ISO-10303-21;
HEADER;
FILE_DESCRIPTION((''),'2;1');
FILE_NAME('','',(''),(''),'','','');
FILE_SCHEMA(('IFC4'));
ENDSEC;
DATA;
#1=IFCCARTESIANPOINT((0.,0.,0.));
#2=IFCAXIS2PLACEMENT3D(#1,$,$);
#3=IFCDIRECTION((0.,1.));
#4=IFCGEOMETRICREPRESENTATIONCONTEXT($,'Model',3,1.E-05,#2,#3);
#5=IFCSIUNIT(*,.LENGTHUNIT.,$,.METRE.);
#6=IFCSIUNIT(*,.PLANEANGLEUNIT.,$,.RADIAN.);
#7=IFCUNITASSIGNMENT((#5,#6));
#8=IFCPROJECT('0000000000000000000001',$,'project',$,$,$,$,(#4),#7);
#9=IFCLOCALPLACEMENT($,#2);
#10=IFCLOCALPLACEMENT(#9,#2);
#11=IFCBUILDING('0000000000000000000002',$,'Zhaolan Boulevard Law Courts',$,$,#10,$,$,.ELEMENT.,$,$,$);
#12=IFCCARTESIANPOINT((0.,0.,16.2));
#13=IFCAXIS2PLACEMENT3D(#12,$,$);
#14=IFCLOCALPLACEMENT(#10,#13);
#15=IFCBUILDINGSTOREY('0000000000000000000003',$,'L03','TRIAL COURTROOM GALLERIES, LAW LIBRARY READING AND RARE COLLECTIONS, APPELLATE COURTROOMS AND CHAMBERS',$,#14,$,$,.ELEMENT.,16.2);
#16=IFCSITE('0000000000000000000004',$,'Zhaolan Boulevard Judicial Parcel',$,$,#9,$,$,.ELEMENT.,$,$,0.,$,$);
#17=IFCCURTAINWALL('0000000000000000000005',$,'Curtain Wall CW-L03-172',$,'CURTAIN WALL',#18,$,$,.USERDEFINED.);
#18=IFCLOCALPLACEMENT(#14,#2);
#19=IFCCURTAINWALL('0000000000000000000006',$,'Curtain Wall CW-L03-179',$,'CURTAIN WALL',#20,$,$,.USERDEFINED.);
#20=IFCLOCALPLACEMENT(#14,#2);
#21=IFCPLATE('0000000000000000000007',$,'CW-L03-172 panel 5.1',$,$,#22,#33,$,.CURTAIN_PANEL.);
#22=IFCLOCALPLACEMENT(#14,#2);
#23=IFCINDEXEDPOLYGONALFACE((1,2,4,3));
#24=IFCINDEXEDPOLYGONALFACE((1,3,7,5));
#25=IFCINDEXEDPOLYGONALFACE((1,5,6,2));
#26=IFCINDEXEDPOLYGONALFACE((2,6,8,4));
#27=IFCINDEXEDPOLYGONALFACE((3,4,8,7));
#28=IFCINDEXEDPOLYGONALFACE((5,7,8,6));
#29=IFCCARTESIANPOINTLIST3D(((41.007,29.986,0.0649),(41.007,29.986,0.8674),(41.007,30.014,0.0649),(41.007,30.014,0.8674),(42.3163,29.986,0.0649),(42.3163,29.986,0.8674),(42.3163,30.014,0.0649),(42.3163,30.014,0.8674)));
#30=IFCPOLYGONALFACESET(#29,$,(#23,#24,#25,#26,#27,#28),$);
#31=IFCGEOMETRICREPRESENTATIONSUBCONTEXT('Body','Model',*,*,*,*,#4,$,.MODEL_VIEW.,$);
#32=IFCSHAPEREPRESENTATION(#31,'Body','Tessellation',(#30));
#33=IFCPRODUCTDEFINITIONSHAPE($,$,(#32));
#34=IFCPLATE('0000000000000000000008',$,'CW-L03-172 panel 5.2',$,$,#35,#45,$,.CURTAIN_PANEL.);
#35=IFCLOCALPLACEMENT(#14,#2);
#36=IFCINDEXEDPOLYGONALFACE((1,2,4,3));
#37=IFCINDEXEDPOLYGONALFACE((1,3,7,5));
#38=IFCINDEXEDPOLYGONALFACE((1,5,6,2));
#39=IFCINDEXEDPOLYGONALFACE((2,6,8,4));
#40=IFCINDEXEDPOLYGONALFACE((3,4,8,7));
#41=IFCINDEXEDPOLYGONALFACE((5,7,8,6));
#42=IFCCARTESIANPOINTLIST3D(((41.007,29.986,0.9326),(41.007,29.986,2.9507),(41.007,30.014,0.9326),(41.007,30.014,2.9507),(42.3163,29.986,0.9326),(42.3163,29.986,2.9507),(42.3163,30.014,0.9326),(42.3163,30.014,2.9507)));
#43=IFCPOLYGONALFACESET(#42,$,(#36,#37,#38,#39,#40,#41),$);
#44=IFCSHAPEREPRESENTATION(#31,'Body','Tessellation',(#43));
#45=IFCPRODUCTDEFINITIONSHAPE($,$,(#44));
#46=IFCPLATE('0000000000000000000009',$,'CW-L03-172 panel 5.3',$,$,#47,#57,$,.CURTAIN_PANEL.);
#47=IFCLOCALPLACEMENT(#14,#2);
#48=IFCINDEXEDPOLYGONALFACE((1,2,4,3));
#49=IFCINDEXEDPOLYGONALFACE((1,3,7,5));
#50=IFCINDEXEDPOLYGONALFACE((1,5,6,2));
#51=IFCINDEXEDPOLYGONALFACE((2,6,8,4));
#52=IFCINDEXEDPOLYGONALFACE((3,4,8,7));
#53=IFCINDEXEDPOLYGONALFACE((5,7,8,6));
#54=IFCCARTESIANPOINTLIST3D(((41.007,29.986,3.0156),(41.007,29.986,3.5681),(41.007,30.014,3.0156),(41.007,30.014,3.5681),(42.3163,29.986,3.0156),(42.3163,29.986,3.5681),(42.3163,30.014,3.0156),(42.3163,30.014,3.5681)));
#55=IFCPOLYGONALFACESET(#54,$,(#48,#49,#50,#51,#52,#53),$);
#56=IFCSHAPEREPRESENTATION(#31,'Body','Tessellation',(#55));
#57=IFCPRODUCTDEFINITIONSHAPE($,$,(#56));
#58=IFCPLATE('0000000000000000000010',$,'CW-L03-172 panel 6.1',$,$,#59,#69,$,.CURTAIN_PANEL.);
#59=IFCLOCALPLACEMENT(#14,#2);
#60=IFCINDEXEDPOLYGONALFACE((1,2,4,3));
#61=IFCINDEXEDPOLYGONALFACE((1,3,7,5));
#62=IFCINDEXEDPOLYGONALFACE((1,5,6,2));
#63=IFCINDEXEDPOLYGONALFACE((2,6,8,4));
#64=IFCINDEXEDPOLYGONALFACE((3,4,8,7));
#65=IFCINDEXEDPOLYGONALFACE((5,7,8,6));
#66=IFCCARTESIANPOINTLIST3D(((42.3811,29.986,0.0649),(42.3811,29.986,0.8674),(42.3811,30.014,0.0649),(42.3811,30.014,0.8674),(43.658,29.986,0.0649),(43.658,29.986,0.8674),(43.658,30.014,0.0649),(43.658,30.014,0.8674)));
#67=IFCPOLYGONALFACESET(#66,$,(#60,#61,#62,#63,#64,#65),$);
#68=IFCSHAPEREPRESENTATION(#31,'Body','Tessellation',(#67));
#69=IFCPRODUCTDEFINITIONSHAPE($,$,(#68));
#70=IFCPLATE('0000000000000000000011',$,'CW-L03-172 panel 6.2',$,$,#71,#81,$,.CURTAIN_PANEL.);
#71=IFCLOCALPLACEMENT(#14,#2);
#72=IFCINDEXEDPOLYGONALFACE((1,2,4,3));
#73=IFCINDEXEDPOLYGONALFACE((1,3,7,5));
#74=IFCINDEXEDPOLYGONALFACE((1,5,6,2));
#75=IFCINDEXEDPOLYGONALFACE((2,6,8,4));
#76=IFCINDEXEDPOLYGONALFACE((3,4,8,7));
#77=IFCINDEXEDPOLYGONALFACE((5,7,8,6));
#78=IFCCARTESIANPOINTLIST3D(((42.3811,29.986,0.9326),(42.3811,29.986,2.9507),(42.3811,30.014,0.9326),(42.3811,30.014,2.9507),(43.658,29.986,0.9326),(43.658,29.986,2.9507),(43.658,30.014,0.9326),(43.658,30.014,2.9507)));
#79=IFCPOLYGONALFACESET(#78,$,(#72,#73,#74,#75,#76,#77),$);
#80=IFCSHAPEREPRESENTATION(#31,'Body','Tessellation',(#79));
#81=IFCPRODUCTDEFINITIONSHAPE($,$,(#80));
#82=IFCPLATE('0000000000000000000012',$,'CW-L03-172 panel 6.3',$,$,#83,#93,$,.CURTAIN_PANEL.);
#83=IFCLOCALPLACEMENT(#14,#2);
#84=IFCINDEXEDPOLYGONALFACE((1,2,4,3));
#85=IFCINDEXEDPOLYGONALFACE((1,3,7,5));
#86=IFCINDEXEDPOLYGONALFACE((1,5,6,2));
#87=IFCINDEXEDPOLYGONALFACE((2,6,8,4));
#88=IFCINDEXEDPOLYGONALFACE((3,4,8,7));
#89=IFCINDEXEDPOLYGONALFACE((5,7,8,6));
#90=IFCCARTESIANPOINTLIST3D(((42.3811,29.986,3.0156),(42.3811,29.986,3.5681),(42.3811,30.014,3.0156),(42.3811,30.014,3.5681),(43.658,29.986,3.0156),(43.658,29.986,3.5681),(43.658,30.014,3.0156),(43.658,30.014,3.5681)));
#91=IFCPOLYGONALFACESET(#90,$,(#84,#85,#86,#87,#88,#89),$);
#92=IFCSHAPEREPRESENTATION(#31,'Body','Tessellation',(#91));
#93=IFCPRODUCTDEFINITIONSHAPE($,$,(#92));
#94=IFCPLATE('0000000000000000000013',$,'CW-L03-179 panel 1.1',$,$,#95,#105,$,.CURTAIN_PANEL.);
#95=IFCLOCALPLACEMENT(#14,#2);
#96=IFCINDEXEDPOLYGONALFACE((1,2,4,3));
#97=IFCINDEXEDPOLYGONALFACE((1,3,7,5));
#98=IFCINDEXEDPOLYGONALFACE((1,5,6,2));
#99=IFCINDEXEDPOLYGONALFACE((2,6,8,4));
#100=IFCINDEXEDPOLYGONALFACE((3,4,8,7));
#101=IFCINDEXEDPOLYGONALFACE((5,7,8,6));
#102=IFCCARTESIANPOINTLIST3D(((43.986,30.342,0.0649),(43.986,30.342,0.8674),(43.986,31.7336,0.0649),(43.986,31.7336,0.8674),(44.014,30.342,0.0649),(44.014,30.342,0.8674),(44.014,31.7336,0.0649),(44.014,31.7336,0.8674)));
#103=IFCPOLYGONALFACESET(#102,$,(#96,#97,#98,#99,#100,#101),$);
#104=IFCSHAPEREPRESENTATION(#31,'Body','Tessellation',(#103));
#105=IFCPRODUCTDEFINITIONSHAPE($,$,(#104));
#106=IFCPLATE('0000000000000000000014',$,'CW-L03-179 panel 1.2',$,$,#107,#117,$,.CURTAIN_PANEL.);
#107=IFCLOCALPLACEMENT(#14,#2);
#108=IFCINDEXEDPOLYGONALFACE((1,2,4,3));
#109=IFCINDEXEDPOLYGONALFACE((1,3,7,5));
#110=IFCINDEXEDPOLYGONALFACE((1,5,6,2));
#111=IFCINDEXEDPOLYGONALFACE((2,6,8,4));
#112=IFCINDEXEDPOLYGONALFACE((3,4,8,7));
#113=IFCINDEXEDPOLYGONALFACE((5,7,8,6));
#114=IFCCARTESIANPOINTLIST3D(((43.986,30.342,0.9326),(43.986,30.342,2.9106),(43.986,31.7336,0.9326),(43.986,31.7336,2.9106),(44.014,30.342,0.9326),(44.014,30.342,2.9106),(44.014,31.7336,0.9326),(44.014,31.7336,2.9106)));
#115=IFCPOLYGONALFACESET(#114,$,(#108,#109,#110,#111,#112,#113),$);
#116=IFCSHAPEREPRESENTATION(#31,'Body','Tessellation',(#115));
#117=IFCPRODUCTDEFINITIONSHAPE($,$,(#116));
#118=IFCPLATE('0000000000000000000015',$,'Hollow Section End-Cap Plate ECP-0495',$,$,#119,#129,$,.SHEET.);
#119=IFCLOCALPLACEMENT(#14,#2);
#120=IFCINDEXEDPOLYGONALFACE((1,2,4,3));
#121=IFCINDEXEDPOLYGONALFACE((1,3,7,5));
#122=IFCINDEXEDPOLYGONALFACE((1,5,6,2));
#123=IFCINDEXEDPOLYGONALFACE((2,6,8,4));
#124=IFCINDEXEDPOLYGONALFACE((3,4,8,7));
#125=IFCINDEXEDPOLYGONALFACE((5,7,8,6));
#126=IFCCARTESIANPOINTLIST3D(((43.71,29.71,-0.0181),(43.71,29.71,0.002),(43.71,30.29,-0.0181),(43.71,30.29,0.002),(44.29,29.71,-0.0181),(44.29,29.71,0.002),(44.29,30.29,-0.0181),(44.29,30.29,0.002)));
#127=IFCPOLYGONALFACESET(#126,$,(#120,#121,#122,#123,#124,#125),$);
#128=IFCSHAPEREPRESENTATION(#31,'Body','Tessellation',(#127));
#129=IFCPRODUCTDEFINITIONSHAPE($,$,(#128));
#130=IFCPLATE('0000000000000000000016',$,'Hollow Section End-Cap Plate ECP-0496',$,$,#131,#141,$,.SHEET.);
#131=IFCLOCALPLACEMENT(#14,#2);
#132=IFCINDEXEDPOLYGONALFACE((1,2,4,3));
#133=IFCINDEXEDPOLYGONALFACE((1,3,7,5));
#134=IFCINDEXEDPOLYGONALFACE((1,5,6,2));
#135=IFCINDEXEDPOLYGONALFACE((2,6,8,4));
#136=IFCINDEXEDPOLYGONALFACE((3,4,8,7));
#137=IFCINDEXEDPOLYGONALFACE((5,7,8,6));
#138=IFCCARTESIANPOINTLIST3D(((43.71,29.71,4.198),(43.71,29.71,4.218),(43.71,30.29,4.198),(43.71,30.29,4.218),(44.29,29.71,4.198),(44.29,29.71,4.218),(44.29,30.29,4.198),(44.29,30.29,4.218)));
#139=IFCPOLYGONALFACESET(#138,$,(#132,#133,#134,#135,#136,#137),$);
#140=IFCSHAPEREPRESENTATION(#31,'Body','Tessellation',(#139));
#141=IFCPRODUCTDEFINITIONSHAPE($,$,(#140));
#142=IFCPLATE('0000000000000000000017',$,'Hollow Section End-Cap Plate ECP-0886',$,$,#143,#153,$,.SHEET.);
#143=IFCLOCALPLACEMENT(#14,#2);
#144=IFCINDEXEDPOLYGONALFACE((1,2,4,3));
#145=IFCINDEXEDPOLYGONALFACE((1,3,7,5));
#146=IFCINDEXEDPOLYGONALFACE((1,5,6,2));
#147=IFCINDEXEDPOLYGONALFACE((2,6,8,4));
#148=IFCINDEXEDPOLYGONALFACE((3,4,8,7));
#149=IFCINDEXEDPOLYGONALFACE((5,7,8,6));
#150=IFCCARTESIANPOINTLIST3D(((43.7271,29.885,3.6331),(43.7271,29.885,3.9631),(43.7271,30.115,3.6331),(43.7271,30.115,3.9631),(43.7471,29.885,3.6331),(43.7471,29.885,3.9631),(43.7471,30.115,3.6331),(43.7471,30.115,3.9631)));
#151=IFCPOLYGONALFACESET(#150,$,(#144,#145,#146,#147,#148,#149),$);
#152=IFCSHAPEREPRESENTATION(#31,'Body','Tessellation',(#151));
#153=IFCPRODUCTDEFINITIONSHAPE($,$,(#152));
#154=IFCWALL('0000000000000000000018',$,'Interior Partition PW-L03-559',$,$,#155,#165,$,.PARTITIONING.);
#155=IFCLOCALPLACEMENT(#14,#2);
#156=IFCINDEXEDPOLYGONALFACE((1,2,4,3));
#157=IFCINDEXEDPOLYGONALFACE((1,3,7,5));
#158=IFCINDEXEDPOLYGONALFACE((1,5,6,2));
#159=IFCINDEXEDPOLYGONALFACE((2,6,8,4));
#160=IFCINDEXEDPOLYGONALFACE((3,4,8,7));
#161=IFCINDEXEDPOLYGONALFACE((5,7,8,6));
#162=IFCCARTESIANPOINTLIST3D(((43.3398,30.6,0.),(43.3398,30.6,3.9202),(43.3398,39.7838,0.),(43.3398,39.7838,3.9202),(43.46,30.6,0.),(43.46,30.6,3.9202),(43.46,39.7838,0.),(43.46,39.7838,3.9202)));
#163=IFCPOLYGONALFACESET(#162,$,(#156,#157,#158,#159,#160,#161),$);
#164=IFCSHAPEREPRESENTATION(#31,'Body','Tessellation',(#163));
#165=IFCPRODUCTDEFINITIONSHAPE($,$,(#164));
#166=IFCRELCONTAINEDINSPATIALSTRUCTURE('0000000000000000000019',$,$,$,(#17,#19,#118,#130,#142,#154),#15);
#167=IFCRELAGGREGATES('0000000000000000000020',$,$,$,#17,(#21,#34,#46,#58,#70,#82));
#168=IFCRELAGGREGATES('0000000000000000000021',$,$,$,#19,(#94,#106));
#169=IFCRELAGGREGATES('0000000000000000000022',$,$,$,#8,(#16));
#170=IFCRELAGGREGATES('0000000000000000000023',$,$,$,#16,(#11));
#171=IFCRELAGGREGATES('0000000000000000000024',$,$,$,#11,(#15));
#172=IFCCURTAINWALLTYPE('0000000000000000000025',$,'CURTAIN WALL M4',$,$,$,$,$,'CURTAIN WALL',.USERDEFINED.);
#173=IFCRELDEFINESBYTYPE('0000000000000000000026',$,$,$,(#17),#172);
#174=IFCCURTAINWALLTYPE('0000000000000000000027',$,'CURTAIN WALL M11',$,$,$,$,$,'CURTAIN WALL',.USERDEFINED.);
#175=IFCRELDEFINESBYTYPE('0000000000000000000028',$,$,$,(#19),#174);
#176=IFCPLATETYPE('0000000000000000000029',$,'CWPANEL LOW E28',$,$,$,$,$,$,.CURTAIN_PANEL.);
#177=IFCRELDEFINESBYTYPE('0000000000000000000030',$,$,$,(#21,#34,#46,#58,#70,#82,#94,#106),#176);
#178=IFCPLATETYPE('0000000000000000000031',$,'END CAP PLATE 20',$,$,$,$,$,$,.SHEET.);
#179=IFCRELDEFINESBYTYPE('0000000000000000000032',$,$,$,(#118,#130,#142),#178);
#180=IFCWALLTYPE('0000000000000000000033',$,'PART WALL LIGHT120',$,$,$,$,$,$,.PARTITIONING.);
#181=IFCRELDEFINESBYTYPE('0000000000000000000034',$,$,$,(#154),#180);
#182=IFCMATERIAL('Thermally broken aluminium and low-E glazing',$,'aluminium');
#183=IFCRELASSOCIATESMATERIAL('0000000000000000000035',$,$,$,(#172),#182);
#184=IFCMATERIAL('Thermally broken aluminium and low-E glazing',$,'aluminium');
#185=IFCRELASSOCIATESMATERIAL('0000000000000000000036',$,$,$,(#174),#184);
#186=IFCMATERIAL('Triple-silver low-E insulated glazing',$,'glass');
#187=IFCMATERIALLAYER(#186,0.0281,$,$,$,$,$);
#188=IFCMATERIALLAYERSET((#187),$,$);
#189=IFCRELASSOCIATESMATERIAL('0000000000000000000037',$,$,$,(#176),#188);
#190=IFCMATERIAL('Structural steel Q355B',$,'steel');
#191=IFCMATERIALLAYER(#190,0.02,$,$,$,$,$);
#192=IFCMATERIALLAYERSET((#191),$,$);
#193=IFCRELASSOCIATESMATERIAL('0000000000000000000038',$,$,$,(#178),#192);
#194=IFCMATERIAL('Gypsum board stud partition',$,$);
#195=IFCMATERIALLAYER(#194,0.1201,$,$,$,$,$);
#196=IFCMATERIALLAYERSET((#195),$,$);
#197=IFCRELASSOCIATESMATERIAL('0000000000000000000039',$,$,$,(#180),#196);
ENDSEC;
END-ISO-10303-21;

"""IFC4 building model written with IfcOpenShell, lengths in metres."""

from ifc_helpers import new_model, si_unit, direction, frame, frame_2d, origin, origin_2d, place, context, subcontext, project, spatial, rectangle, extrude, material, layer, layer_set, type_object, element, aggregate, save


model = new_model("IFC4")

# Units and contexts
model_context = context("Model", 3, precision=1e-05, world=origin(), true_north=direction((0.0, 1.0)))
body_context = subcontext(model_context, "Body", "Model", "MODEL_VIEW")
ifc_project = project(units=[si_unit("LENGTHUNIT", "METRE"), si_unit("PLANEANGLEUNIT", "RADIAN")], contexts=[model_context])

# Site, building, storey
site_placement = place(None, origin())
site = spatial("IfcSite", under=ifc_project, at=site_placement, Name="Zhaolan Boulevard Judicial Parcel", CompositionType="ELEMENT", RefElevation=0.0)
building_placement = place(site_placement, origin())
building = spatial("IfcBuilding", under=site, at=building_placement, Name="Zhaolan Boulevard Law Courts", CompositionType="ELEMENT")
storey_placement = place(building_placement, frame((0.0, 0.0, 16.2)))
storey = spatial("IfcBuildingStorey", under=building, at=storey_placement, Name="L03", Description="TRIAL COURTROOM GALLERIES, LAW LIBRARY READING AND RARE COLLECTIONS, APPELLATE COURTROOMS AND CHAMBERS", CompositionType="ELEMENT", Elevation=16.2)

# Curtain wall
ifc_material_1 = material(Name="Thermally broken aluminium and low-E glazing", Category="aluminium")
curtain_wall_type_1 = type_object("IfcCurtainWallType", Name="CURTAIN WALL M4", ElementType="CURTAIN WALL", PredefinedType="USERDEFINED", material=ifc_material_1)
curtain_wall_1_placement = place(storey_placement, origin())
curtain_wall_1 = element("IfcCurtainWall", 1, at=curtain_wall_1_placement, inside=storey, type_object=curtain_wall_type_1, Name="Curtain Wall CW-L03-172", ObjectType="CURTAIN WALL", PredefinedType="USERDEFINED")

# Curtain wall
ifc_material_2 = material(Name="Thermally broken aluminium and low-E glazing", Category="aluminium")
curtain_wall_type_2 = type_object("IfcCurtainWallType", Name="CURTAIN WALL M11", ElementType="CURTAIN WALL", PredefinedType="USERDEFINED", material=ifc_material_2)
curtain_wall_2_placement = place(storey_placement, origin())
curtain_wall_2 = element("IfcCurtainWall", 2, at=curtain_wall_2_placement, inside=storey, type_object=curtain_wall_type_2, Name="Curtain Wall CW-L03-179", ObjectType="CURTAIN WALL", PredefinedType="USERDEFINED")

# Plates
ifc_material_3 = material(Name="Triple-silver low-E insulated glazing", Category="glass")
ifc_layer_1 = layer(ifc_material_3, 0.0281)
ifc_layer_set_1 = layer_set([ifc_layer_1])
plate_type_1 = type_object("IfcPlateType", Name="CWPANEL LOW E28", PredefinedType="CURTAIN_PANEL", material=ifc_layer_set_1)
plate_1_placement = place(storey_placement, frame((41.6616, 30.0, 0.0649), z_axis=(0.0, 0.0, 1.0), x_axis=(1.0, 0.0, 0.0)))
plate_1 = element("IfcPlate", 3, at=plate_1_placement, type_object=plate_type_1, Name="CW-L03-172 panel 5.1", PredefinedType="CURTAIN_PANEL", context=body_context, shape_type="SweptSolid", body=[
    extrude(rectangle(XDim=1.3093, YDim=0.0281, at=origin_2d()), origin(), (0.0, 0.0, 1.0), 0.8025),
])
plate_2_placement = place(storey_placement, frame((41.6616, 30.0, 0.9326), z_axis=(0.0, 0.0, 1.0), x_axis=(1.0, 0.0, 0.0)))
plate_2 = element("IfcPlate", 4, at=plate_2_placement, type_object=plate_type_1, Name="CW-L03-172 panel 5.2", PredefinedType="CURTAIN_PANEL", context=body_context, shape_type="SweptSolid", body=[
    extrude(rectangle(XDim=1.3093, YDim=0.0281, at=origin_2d()), origin(), (0.0, 0.0, 1.0), 2.0181),
])
plate_3_placement = place(storey_placement, frame((41.6616, 30.0, 3.0156), z_axis=(0.0, 0.0, 1.0), x_axis=(1.0, 0.0, 0.0)))
plate_3 = element("IfcPlate", 5, at=plate_3_placement, type_object=plate_type_1, Name="CW-L03-172 panel 5.3", PredefinedType="CURTAIN_PANEL", context=body_context, shape_type="SweptSolid", body=[
    extrude(rectangle(XDim=1.3093, YDim=0.0281, at=origin_2d()), origin(), (0.0, 0.0, 1.0), 0.5525),
])
plate_4_placement = place(storey_placement, frame((43.0195, 30.0, 0.0649), z_axis=(0.0, 0.0, 1.0), x_axis=(1.0, 0.0, 0.0)))
plate_4 = element("IfcPlate", 6, at=plate_4_placement, type_object=plate_type_1, Name="CW-L03-172 panel 6.1", PredefinedType="CURTAIN_PANEL", context=body_context, shape_type="SweptSolid", body=[
    extrude(rectangle(XDim=1.2769, YDim=0.0281, at=origin_2d()), origin(), (0.0, 0.0, 1.0), 0.8025),
])
plate_5_placement = place(storey_placement, frame((43.0195, 30.0, 0.9326), z_axis=(0.0, 0.0, 1.0), x_axis=(1.0, 0.0, 0.0)))
plate_5 = element("IfcPlate", 7, at=plate_5_placement, type_object=plate_type_1, Name="CW-L03-172 panel 6.2", PredefinedType="CURTAIN_PANEL", context=body_context, shape_type="SweptSolid", body=[
    extrude(rectangle(XDim=1.2769, YDim=0.0281, at=origin_2d()), origin(), (0.0, 0.0, 1.0), 2.0181),
])
plate_6_placement = place(storey_placement, frame((43.0195, 30.0, 3.0156), z_axis=(0.0, 0.0, 1.0), x_axis=(1.0, 0.0, 0.0)))
plate_6 = element("IfcPlate", 8, at=plate_6_placement, type_object=plate_type_1, Name="CW-L03-172 panel 6.3", PredefinedType="CURTAIN_PANEL", context=body_context, shape_type="SweptSolid", body=[
    extrude(rectangle(XDim=1.2769, YDim=0.0281, at=origin_2d()), origin(), (0.0, 0.0, 1.0), 0.5525),
])
aggregate(curtain_wall_1, [plate_1, plate_2, plate_3, plate_4, plate_5, plate_6])
plate_7_placement = place(storey_placement, frame((44.0, 31.0378, 0.0649), z_axis=(0.0, 0.0, 1.0), x_axis=(0.0, 1.0, 0.0)))
plate_7 = element("IfcPlate", 9, at=plate_7_placement, type_object=plate_type_1, Name="CW-L03-179 panel 1.1", PredefinedType="CURTAIN_PANEL", context=body_context, shape_type="SweptSolid", body=[
    extrude(rectangle(XDim=1.3916, YDim=0.0281, at=origin_2d()), origin(), (0.0, 0.0, 1.0), 0.8025),
])
plate_8_placement = place(storey_placement, frame((44.0, 31.0378, 0.9326), z_axis=(0.0, 0.0, 1.0), x_axis=(0.0, 1.0, 0.0)))
plate_8 = element("IfcPlate", 10, at=plate_8_placement, type_object=plate_type_1, Name="CW-L03-179 panel 1.2", PredefinedType="CURTAIN_PANEL", context=body_context, shape_type="SweptSolid", body=[
    extrude(rectangle(XDim=1.3916, YDim=0.0281, at=origin_2d()), origin(), (0.0, 0.0, 1.0), 1.978),
])
aggregate(curtain_wall_2, [plate_7, plate_8])

# Plates
ifc_material_4 = material(Name="Structural steel Q355B", Category="steel")
ifc_layer_2 = layer(ifc_material_4, 0.02)
ifc_layer_set_2 = layer_set([ifc_layer_2])
plate_type_2 = type_object("IfcPlateType", Name="END CAP PLATE 20", PredefinedType="SHEET", material=ifc_layer_set_2)
for number, where, z_axis, x_axis, name in (
    (11, (44.0, 30.0, -0.0181), (0.0, 0.0, 1.0), (1.0, 0.0, 0.0), "Hollow Section End-Cap Plate ECP-0495"),
    (12, (44.0, 30.0, 4.198), (0.0, 0.0, 1.0), (1.0, 0.0, 0.0), "Hollow Section End-Cap Plate ECP-0496"),
):
    element("IfcPlate", number, at=place(storey_placement, frame(where, z_axis=z_axis, x_axis=x_axis)), inside=storey, type_object=plate_type_2, Name=name, PredefinedType="SHEET", context=body_context, shape_type="SweptSolid", body=[
        extrude(rectangle(XDim=0.5801, YDim=0.5801, at=origin_2d()), origin(), (0.0, 0.0, 1.0), 0.02),
    ])
plate_9_placement = place(storey_placement, frame((43.7371, 30.0, 3.6331), z_axis=(0.0, 0.0, 1.0), x_axis=(1.0, 0.0, 0.0)))
element("IfcPlate", 13, at=plate_9_placement, inside=storey, type_object=plate_type_2, Name="Hollow Section End-Cap Plate ECP-0886", PredefinedType="SHEET", context=body_context, shape_type="SweptSolid", body=[
    extrude(rectangle(XDim=0.02, YDim=0.23, at=origin_2d()), origin(), (0.0, 0.0, 1.0), 0.3301),
])

# Wall
ifc_material_5 = material(Name="Gypsum board stud partition")
ifc_layer_3 = layer(ifc_material_5, 0.1201)
ifc_layer_set_3 = layer_set([ifc_layer_3])
wall_type = type_object("IfcWallType", Name="PART WALL LIGHT120", PredefinedType="PARTITIONING", material=ifc_layer_set_3)
wall_placement = place(storey_placement, frame((43.3999, 30.6001, 0.0), z_axis=(0.0, 0.0, 1.0), x_axis=(0.0, 1.0, 0.0)))
element("IfcWall", 14, at=wall_placement, inside=storey, type_object=wall_type, Name="Interior Partition PW-L03-559", PredefinedType="PARTITIONING", context=body_context, shape_type="SweptSolid", body=[
    extrude(rectangle(XDim=9.1838, YDim=0.1201, at=frame_2d((4.5918, 0.0))), origin(), (0.0, 0.0, 1.0), 3.9202),
])

save(model, "model.ifc")
